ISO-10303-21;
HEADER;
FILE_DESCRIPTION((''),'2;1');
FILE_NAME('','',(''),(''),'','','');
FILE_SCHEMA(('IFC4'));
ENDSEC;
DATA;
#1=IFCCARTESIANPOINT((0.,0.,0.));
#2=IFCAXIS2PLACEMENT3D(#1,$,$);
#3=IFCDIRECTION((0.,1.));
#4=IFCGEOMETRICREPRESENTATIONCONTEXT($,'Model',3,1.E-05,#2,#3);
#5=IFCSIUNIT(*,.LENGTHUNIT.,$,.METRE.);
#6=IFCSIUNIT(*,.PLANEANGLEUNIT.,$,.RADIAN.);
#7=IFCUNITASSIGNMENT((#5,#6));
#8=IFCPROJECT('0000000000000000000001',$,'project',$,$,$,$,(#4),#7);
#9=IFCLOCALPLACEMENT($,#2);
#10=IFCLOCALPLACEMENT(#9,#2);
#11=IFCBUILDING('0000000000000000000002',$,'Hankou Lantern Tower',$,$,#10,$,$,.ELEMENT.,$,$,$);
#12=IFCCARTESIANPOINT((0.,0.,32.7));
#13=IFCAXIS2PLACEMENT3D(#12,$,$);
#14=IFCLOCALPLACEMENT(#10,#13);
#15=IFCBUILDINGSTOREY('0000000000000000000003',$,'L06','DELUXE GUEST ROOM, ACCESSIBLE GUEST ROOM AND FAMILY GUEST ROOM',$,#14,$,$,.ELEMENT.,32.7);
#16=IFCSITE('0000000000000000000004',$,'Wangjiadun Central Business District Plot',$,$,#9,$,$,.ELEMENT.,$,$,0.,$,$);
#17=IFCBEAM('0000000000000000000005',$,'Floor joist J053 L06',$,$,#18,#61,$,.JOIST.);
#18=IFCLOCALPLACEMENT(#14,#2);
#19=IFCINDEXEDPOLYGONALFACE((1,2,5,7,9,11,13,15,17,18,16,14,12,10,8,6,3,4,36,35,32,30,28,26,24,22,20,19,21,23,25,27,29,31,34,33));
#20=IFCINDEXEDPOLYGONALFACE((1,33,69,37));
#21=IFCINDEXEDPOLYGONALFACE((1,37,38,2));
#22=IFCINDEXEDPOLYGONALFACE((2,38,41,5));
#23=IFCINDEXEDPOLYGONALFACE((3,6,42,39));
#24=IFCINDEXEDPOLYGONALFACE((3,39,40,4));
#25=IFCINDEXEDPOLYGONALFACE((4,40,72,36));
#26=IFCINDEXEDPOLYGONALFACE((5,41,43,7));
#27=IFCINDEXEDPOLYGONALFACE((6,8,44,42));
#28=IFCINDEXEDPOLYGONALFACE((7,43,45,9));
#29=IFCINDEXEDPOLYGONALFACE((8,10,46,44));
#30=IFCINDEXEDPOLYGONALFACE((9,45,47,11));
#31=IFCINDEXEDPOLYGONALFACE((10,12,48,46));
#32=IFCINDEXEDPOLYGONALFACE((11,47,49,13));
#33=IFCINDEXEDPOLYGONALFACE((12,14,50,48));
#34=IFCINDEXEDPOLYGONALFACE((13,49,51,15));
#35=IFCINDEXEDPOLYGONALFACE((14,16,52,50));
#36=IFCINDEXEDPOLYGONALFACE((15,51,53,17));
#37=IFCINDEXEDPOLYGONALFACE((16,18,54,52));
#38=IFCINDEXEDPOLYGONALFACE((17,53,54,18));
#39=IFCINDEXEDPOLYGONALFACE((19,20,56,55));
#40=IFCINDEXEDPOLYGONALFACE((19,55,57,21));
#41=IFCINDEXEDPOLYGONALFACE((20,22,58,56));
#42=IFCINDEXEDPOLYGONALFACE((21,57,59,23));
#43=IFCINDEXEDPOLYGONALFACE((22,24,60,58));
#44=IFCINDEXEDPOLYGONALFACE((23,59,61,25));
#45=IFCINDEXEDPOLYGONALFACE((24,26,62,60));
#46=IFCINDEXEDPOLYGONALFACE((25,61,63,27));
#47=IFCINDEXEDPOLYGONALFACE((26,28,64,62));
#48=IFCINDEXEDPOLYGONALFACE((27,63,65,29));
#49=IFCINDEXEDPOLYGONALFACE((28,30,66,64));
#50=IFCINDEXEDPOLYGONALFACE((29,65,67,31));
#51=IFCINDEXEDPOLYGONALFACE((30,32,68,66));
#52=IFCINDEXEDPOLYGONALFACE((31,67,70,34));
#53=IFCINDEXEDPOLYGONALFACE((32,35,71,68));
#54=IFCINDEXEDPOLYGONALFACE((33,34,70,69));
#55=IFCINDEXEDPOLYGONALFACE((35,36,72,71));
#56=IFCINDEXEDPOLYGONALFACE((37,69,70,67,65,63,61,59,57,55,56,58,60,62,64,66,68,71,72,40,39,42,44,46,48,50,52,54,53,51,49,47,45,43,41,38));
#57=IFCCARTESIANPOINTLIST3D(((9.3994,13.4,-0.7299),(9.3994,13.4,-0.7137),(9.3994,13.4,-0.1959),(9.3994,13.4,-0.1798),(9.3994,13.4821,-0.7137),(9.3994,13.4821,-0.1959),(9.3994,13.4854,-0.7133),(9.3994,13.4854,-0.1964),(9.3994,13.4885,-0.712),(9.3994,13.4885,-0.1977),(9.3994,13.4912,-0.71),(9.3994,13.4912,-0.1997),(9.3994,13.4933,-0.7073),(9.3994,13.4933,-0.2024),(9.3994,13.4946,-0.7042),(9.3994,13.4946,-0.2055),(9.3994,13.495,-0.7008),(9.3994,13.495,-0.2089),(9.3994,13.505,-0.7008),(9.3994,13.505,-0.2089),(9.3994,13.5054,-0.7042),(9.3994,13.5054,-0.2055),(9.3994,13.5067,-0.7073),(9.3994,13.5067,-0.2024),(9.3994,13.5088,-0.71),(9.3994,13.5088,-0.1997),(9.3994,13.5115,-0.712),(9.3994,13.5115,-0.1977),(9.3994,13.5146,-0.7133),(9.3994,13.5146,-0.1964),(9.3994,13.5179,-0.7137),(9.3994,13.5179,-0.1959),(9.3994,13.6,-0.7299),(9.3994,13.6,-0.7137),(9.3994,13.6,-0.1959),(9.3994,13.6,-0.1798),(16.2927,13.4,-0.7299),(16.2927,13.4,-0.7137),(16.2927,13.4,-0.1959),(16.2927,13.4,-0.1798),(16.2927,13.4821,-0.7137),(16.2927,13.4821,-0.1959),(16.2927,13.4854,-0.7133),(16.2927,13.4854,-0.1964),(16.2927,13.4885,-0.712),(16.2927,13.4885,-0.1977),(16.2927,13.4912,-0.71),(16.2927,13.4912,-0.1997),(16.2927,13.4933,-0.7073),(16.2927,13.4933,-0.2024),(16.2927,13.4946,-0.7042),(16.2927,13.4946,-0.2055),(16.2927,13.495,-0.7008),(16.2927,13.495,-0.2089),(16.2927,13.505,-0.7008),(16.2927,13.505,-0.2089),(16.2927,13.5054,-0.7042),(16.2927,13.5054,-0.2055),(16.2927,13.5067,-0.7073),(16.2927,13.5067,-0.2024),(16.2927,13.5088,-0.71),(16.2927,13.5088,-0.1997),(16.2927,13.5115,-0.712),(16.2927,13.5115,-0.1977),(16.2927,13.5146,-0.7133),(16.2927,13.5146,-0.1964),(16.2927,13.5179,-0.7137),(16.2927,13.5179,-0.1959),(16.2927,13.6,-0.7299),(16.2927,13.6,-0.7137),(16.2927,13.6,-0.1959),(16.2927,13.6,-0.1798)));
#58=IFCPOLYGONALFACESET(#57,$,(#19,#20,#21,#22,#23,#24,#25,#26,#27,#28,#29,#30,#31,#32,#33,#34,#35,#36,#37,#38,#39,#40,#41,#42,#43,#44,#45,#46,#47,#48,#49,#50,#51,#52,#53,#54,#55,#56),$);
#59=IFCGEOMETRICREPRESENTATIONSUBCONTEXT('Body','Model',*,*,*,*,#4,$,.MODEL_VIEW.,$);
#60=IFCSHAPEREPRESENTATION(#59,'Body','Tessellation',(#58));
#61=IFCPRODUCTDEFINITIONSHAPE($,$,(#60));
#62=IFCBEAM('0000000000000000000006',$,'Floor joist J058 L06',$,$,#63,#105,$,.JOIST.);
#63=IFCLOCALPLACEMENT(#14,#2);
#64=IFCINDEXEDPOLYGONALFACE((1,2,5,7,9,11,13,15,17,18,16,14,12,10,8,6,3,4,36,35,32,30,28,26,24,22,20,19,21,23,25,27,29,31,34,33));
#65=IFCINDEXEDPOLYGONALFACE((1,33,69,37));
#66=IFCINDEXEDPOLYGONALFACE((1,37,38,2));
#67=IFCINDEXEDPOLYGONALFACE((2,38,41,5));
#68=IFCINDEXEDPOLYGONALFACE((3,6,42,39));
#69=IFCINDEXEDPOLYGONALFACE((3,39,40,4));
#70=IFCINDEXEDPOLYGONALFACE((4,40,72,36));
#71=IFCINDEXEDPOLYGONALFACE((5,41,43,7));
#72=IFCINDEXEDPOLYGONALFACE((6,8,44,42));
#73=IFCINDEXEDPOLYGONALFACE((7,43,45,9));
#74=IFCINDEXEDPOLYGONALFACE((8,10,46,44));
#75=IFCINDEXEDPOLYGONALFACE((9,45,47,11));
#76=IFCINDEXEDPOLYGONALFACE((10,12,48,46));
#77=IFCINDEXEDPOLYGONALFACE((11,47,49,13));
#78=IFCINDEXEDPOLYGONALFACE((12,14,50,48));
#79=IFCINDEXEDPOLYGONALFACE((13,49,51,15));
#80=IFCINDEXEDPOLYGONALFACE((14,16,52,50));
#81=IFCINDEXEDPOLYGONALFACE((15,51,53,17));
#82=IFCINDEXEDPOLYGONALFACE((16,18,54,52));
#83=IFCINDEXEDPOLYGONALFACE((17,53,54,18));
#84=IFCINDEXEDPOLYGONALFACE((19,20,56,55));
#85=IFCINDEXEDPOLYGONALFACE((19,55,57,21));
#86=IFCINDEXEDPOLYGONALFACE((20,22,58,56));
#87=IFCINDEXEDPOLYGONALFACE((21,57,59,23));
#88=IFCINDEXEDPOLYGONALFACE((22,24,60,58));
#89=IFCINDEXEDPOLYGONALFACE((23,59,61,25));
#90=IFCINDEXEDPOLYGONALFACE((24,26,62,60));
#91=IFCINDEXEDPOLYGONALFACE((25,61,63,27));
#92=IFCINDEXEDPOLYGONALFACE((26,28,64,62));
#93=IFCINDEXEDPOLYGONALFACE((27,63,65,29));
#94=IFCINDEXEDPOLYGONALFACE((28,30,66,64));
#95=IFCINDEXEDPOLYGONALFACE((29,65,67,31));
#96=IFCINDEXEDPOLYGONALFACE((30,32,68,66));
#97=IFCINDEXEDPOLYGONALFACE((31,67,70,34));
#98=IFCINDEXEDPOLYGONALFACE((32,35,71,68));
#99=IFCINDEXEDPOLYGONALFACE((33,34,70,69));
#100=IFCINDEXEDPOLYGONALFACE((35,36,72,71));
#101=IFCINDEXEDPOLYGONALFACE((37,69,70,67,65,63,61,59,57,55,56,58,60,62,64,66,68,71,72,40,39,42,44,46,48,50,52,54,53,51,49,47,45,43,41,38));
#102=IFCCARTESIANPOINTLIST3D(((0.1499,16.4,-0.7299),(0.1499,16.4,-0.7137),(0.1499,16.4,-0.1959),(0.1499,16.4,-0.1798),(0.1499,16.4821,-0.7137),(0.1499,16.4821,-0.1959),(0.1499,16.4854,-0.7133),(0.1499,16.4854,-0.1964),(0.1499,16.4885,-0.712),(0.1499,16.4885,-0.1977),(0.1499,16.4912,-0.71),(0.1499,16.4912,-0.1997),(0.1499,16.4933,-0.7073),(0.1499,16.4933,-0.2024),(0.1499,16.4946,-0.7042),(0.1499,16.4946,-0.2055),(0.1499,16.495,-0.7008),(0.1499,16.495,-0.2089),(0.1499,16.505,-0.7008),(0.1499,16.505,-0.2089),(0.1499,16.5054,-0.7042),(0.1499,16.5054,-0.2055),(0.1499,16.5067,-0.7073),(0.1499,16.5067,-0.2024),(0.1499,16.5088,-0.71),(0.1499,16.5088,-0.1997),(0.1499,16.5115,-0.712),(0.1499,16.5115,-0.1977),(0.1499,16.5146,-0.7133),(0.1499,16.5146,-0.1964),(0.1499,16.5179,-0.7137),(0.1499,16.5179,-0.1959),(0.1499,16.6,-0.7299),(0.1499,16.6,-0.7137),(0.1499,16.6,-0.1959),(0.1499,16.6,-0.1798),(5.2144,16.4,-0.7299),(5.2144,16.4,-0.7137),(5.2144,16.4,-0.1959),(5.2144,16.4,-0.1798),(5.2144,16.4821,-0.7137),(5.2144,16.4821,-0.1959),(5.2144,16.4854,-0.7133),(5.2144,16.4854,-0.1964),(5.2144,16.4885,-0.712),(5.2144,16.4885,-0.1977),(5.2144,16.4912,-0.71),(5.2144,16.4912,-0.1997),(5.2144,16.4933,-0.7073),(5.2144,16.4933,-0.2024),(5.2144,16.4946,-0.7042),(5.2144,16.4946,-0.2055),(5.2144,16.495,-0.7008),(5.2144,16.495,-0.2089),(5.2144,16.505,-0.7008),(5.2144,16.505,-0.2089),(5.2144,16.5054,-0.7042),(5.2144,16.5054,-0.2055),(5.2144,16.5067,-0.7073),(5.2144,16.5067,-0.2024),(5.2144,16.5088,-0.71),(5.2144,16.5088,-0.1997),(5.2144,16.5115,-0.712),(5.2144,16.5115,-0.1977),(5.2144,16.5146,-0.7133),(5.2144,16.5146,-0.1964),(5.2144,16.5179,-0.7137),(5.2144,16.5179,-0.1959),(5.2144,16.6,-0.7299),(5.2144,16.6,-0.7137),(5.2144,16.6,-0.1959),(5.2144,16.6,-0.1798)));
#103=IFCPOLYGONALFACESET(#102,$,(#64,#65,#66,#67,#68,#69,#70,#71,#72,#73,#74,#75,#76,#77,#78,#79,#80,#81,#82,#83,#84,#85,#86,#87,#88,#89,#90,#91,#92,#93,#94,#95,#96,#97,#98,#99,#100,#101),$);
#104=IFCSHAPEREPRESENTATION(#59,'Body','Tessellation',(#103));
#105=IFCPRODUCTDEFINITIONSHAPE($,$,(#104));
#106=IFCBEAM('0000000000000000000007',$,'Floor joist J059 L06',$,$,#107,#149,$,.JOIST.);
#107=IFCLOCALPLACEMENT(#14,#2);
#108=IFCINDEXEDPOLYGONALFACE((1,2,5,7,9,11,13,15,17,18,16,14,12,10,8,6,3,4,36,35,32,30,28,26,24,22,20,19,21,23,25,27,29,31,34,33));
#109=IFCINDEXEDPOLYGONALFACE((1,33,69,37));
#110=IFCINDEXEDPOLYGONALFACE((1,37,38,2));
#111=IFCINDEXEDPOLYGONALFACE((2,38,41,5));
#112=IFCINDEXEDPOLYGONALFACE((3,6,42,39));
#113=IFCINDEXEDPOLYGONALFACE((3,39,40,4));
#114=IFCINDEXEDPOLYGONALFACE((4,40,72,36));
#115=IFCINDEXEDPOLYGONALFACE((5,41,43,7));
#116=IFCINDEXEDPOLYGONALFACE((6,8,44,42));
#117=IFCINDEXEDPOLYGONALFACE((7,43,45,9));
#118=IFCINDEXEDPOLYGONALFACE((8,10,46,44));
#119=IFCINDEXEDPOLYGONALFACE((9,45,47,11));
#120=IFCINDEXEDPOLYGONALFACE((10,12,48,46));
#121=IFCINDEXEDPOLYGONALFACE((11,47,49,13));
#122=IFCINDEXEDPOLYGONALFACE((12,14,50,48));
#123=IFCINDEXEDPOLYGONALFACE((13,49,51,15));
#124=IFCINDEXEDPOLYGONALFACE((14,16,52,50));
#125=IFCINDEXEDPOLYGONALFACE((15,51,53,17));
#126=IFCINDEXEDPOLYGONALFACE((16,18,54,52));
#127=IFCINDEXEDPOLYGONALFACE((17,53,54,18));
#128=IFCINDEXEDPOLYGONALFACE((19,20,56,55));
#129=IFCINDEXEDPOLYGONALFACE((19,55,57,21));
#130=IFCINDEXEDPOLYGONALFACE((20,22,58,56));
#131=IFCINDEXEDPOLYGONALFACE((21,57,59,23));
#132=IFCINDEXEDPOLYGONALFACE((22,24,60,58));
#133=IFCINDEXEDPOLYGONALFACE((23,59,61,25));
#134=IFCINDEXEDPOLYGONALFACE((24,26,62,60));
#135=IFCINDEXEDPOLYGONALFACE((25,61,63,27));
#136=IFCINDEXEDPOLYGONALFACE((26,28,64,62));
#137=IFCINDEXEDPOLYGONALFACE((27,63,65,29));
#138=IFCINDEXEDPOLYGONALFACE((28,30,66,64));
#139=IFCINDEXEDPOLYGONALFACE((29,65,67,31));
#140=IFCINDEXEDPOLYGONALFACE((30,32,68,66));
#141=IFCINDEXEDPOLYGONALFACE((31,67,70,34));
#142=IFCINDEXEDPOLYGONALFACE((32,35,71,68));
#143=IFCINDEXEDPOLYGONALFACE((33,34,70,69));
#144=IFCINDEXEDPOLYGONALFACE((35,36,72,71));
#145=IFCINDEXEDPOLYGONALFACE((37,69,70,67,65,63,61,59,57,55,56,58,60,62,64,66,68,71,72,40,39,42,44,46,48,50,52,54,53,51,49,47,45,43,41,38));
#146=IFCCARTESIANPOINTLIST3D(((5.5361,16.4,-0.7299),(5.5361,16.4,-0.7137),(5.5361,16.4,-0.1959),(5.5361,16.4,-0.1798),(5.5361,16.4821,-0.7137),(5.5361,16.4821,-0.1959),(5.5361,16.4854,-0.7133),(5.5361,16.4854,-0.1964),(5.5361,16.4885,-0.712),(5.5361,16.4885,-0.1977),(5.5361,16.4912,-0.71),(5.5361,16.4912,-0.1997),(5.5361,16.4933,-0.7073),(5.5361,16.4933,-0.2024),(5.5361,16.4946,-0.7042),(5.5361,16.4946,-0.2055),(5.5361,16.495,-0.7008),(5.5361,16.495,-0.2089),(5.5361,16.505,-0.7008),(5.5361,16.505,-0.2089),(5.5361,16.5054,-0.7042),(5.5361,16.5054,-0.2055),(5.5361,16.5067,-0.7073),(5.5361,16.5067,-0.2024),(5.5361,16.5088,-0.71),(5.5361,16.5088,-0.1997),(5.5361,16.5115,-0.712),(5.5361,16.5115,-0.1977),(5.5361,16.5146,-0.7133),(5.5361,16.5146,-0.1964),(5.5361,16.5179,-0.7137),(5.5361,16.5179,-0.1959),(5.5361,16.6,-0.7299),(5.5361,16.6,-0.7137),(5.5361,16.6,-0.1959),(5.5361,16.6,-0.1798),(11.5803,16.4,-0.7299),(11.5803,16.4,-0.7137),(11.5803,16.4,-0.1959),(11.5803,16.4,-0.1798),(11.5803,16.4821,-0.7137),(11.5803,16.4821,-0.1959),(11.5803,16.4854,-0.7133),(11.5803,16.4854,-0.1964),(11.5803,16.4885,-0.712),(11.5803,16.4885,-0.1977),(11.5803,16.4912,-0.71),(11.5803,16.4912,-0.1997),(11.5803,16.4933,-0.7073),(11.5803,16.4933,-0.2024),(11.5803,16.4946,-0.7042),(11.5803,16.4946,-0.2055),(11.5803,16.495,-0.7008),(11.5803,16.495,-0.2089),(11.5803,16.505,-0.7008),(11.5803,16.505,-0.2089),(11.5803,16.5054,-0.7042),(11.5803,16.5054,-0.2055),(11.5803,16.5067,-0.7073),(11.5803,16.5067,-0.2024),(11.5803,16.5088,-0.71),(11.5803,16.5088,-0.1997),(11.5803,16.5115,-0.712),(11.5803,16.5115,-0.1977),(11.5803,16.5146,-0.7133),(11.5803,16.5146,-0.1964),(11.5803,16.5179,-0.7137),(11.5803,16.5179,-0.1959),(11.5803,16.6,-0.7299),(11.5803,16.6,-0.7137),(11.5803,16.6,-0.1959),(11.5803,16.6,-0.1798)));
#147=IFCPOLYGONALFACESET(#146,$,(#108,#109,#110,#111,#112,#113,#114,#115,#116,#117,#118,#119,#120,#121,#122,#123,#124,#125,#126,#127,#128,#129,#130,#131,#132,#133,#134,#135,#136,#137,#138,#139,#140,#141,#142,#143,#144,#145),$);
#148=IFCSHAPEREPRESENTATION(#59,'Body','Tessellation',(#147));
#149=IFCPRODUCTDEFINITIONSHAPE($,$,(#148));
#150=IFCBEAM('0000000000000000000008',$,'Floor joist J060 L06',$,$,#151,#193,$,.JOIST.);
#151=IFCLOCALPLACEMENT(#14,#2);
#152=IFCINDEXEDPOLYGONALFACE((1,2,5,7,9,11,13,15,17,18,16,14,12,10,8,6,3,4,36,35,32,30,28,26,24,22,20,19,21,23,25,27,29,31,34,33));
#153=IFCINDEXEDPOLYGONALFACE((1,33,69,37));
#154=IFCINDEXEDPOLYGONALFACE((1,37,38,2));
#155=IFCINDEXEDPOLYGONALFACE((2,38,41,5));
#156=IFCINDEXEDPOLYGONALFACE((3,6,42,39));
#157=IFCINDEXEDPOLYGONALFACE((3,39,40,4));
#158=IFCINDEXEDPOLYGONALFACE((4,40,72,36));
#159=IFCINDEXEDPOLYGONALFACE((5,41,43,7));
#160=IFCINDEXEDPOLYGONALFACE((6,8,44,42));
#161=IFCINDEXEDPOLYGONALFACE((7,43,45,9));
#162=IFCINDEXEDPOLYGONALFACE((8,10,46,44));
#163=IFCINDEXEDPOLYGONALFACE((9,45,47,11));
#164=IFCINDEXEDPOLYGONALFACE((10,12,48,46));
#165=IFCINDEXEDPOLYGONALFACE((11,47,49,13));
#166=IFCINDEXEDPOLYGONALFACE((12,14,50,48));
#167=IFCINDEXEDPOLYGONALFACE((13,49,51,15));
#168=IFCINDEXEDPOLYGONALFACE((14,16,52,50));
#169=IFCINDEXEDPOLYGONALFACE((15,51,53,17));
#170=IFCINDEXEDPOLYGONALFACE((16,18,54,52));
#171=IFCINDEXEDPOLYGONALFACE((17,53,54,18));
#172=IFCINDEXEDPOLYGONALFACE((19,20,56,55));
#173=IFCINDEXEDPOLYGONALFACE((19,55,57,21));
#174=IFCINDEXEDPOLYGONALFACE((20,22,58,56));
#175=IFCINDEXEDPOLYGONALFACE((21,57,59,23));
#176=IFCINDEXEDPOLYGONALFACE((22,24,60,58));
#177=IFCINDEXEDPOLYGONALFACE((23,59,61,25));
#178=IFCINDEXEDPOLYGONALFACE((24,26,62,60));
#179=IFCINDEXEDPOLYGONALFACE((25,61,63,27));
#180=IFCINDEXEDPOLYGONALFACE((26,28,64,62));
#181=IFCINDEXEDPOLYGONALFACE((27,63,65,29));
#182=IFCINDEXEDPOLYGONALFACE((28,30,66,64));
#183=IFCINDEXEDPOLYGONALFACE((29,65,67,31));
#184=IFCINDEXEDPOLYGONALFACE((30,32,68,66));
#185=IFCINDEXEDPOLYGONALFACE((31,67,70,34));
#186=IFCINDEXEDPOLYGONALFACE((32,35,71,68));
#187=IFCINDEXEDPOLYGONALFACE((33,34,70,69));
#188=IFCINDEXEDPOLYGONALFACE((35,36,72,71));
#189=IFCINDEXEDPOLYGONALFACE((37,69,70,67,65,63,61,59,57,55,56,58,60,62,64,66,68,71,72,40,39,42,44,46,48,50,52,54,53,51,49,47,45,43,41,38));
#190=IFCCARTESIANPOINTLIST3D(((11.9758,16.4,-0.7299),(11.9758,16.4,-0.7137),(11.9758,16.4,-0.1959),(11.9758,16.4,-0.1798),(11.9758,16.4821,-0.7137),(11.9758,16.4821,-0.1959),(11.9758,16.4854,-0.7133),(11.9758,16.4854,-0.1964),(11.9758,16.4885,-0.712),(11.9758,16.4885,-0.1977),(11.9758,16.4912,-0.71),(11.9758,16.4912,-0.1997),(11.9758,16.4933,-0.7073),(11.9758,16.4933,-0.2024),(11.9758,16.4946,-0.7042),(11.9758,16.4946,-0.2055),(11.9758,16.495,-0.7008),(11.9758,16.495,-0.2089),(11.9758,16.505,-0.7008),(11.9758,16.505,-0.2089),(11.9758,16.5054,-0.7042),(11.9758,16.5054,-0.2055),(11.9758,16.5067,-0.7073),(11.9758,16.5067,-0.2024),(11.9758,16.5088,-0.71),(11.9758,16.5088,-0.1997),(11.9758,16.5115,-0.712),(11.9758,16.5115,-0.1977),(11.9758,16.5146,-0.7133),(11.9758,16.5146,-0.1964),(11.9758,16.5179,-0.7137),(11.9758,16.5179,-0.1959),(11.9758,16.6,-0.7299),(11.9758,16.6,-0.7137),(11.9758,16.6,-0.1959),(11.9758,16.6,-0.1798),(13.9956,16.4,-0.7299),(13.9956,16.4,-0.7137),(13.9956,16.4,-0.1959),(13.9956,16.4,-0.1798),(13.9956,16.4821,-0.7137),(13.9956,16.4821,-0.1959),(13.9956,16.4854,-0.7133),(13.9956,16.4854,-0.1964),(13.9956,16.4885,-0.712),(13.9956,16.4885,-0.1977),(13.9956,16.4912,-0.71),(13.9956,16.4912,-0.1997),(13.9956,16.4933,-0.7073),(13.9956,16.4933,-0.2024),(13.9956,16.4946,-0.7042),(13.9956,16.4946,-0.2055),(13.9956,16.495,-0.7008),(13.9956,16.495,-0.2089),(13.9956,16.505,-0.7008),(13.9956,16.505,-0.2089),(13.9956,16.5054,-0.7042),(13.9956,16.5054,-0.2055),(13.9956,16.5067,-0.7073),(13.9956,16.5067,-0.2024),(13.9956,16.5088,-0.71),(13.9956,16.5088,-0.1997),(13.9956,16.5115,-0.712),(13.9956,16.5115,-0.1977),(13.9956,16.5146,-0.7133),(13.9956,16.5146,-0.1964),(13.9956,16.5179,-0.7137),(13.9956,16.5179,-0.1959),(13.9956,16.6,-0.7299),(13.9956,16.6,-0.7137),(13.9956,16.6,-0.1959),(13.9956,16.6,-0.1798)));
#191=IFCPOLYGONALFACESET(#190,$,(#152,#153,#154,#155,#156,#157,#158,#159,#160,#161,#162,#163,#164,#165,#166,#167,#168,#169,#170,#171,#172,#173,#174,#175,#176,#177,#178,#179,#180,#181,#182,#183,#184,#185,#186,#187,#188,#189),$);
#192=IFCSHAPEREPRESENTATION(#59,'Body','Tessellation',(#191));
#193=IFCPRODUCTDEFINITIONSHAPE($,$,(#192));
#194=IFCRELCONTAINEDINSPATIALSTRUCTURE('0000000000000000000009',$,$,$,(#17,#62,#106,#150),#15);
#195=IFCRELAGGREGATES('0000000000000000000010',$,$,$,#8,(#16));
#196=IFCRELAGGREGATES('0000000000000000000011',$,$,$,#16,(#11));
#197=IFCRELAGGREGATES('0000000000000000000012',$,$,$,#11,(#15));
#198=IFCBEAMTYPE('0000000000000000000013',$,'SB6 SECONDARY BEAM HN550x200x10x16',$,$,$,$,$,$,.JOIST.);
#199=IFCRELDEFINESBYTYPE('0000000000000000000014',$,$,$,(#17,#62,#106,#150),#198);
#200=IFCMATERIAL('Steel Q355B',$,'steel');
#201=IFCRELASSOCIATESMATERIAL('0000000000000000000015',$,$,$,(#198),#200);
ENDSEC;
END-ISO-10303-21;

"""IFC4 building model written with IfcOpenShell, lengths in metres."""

from ifc_helpers import new_model, si_unit, direction, frame, origin, origin_2d, place, context, subcontext, project, spatial, i_section, extrude, material, material_profile, profile_set, type_object, element, save


model = new_model("IFC4")

# Units and contexts
model_context = context("Model", 3, precision=1e-05, world=origin(), true_north=direction((0.0, 1.0)))
body_context = subcontext(model_context, "Body", "Model", "MODEL_VIEW")
ifc_project = project(units=[si_unit("LENGTHUNIT", "METRE"), si_unit("PLANEANGLEUNIT", "RADIAN")], contexts=[model_context])

# Site, building, storey
site_placement = place(None, origin())
site = spatial("IfcSite", under=ifc_project, at=site_placement, Name="Wangjiadun Central Business District Plot", CompositionType="ELEMENT", RefElevation=0.0)
building_placement = place(site_placement, origin())
building = spatial("IfcBuilding", under=site, at=building_placement, Name="Hankou Lantern Tower", CompositionType="ELEMENT")
storey_placement = place(building_placement, frame((0.0, 0.0, 32.7)))
storey = spatial("IfcBuildingStorey", under=building, at=storey_placement, Name="L06", Description="DELUXE GUEST ROOM, ACCESSIBLE GUEST ROOM AND FAMILY GUEST ROOM", CompositionType="ELEMENT", Elevation=32.7)

# Beams
ifc_material_1 = material(Name="Steel Q355B", Category="steel")
ifc_material_profile_1 = material_profile(ifc_material_1, i_section(OverallWidth=0.2, OverallDepth=0.55, WebThickness=0.01, FlangeThickness=0.0161, FilletRadius=0.0129, at=origin_2d()), Name="HN550x200x10x16")
ifc_profile_set_1 = profile_set([ifc_material_profile_1], Name="Steel Q355B")
beam_type_1 = type_object("IfcBeamType", Name="SB6 SECONDARY BEAM HN550x200x10x16", PredefinedType="JOIST", material=ifc_profile_set_1)
beam_1_placement = place(storey_placement, frame((9.3994, 13.5, -0.4548), z_axis=(1.0, 0.0, 0.0), x_axis=(0.0, 1.0, 0.0)))
element("IfcBeam", 1, at=beam_1_placement, inside=storey, type_object=beam_type_1, Name="Floor joist J053 L06", PredefinedType="JOIST", context=body_context, shape_type="SweptSolid", body=[
    extrude(i_section(OverallWidth=0.2, OverallDepth=0.55, WebThickness=0.01, FlangeThickness=0.0161, FilletRadius=0.0129, at=origin_2d()), origin(), (0.0, 0.0, 1.0), 6.8933),
])
beam_2_placement = place(storey_placement, frame((0.1499, 16.5, -0.4548), z_axis=(1.0, 0.0, 0.0), x_axis=(0.0, 1.0, 0.0)))
element("IfcBeam", 2, at=beam_2_placement, inside=storey, type_object=beam_type_1, Name="Floor joist J058 L06", PredefinedType="JOIST", context=body_context, shape_type="SweptSolid", body=[
    extrude(i_section(OverallWidth=0.2, OverallDepth=0.55, WebThickness=0.01, FlangeThickness=0.0161, FilletRadius=0.0129, at=origin_2d()), origin(), (0.0, 0.0, 1.0), 5.0645),
])
beam_3_placement = place(storey_placement, frame((5.5361, 16.5, -0.4548), z_axis=(1.0, 0.0, 0.0), x_axis=(0.0, 1.0, 0.0)))
element("IfcBeam", 3, at=beam_3_placement, inside=storey, type_object=beam_type_1, Name="Floor joist J059 L06", PredefinedType="JOIST", context=body_context, shape_type="SweptSolid", body=[
    extrude(i_section(OverallWidth=0.2, OverallDepth=0.55, WebThickness=0.01, FlangeThickness=0.0161, FilletRadius=0.0129, at=origin_2d()), origin(), (0.0, 0.0, 1.0), 6.0442),
])
beam_4_placement = place(storey_placement, frame((11.9758, 16.5, -0.4548), z_axis=(1.0, 0.0, 0.0), x_axis=(0.0, 1.0, 0.0)))
element("IfcBeam", 4, at=beam_4_placement, inside=storey, type_object=beam_type_1, Name="Floor joist J060 L06", PredefinedType="JOIST", context=body_context, shape_type="SweptSolid", body=[
    extrude(i_section(OverallWidth=0.2, OverallDepth=0.55, WebThickness=0.01, FlangeThickness=0.0161, FilletRadius=0.0129, at=origin_2d()), origin(), (0.0, 0.0, 1.0), 2.0198),
])

save(model, "model.ifc")
